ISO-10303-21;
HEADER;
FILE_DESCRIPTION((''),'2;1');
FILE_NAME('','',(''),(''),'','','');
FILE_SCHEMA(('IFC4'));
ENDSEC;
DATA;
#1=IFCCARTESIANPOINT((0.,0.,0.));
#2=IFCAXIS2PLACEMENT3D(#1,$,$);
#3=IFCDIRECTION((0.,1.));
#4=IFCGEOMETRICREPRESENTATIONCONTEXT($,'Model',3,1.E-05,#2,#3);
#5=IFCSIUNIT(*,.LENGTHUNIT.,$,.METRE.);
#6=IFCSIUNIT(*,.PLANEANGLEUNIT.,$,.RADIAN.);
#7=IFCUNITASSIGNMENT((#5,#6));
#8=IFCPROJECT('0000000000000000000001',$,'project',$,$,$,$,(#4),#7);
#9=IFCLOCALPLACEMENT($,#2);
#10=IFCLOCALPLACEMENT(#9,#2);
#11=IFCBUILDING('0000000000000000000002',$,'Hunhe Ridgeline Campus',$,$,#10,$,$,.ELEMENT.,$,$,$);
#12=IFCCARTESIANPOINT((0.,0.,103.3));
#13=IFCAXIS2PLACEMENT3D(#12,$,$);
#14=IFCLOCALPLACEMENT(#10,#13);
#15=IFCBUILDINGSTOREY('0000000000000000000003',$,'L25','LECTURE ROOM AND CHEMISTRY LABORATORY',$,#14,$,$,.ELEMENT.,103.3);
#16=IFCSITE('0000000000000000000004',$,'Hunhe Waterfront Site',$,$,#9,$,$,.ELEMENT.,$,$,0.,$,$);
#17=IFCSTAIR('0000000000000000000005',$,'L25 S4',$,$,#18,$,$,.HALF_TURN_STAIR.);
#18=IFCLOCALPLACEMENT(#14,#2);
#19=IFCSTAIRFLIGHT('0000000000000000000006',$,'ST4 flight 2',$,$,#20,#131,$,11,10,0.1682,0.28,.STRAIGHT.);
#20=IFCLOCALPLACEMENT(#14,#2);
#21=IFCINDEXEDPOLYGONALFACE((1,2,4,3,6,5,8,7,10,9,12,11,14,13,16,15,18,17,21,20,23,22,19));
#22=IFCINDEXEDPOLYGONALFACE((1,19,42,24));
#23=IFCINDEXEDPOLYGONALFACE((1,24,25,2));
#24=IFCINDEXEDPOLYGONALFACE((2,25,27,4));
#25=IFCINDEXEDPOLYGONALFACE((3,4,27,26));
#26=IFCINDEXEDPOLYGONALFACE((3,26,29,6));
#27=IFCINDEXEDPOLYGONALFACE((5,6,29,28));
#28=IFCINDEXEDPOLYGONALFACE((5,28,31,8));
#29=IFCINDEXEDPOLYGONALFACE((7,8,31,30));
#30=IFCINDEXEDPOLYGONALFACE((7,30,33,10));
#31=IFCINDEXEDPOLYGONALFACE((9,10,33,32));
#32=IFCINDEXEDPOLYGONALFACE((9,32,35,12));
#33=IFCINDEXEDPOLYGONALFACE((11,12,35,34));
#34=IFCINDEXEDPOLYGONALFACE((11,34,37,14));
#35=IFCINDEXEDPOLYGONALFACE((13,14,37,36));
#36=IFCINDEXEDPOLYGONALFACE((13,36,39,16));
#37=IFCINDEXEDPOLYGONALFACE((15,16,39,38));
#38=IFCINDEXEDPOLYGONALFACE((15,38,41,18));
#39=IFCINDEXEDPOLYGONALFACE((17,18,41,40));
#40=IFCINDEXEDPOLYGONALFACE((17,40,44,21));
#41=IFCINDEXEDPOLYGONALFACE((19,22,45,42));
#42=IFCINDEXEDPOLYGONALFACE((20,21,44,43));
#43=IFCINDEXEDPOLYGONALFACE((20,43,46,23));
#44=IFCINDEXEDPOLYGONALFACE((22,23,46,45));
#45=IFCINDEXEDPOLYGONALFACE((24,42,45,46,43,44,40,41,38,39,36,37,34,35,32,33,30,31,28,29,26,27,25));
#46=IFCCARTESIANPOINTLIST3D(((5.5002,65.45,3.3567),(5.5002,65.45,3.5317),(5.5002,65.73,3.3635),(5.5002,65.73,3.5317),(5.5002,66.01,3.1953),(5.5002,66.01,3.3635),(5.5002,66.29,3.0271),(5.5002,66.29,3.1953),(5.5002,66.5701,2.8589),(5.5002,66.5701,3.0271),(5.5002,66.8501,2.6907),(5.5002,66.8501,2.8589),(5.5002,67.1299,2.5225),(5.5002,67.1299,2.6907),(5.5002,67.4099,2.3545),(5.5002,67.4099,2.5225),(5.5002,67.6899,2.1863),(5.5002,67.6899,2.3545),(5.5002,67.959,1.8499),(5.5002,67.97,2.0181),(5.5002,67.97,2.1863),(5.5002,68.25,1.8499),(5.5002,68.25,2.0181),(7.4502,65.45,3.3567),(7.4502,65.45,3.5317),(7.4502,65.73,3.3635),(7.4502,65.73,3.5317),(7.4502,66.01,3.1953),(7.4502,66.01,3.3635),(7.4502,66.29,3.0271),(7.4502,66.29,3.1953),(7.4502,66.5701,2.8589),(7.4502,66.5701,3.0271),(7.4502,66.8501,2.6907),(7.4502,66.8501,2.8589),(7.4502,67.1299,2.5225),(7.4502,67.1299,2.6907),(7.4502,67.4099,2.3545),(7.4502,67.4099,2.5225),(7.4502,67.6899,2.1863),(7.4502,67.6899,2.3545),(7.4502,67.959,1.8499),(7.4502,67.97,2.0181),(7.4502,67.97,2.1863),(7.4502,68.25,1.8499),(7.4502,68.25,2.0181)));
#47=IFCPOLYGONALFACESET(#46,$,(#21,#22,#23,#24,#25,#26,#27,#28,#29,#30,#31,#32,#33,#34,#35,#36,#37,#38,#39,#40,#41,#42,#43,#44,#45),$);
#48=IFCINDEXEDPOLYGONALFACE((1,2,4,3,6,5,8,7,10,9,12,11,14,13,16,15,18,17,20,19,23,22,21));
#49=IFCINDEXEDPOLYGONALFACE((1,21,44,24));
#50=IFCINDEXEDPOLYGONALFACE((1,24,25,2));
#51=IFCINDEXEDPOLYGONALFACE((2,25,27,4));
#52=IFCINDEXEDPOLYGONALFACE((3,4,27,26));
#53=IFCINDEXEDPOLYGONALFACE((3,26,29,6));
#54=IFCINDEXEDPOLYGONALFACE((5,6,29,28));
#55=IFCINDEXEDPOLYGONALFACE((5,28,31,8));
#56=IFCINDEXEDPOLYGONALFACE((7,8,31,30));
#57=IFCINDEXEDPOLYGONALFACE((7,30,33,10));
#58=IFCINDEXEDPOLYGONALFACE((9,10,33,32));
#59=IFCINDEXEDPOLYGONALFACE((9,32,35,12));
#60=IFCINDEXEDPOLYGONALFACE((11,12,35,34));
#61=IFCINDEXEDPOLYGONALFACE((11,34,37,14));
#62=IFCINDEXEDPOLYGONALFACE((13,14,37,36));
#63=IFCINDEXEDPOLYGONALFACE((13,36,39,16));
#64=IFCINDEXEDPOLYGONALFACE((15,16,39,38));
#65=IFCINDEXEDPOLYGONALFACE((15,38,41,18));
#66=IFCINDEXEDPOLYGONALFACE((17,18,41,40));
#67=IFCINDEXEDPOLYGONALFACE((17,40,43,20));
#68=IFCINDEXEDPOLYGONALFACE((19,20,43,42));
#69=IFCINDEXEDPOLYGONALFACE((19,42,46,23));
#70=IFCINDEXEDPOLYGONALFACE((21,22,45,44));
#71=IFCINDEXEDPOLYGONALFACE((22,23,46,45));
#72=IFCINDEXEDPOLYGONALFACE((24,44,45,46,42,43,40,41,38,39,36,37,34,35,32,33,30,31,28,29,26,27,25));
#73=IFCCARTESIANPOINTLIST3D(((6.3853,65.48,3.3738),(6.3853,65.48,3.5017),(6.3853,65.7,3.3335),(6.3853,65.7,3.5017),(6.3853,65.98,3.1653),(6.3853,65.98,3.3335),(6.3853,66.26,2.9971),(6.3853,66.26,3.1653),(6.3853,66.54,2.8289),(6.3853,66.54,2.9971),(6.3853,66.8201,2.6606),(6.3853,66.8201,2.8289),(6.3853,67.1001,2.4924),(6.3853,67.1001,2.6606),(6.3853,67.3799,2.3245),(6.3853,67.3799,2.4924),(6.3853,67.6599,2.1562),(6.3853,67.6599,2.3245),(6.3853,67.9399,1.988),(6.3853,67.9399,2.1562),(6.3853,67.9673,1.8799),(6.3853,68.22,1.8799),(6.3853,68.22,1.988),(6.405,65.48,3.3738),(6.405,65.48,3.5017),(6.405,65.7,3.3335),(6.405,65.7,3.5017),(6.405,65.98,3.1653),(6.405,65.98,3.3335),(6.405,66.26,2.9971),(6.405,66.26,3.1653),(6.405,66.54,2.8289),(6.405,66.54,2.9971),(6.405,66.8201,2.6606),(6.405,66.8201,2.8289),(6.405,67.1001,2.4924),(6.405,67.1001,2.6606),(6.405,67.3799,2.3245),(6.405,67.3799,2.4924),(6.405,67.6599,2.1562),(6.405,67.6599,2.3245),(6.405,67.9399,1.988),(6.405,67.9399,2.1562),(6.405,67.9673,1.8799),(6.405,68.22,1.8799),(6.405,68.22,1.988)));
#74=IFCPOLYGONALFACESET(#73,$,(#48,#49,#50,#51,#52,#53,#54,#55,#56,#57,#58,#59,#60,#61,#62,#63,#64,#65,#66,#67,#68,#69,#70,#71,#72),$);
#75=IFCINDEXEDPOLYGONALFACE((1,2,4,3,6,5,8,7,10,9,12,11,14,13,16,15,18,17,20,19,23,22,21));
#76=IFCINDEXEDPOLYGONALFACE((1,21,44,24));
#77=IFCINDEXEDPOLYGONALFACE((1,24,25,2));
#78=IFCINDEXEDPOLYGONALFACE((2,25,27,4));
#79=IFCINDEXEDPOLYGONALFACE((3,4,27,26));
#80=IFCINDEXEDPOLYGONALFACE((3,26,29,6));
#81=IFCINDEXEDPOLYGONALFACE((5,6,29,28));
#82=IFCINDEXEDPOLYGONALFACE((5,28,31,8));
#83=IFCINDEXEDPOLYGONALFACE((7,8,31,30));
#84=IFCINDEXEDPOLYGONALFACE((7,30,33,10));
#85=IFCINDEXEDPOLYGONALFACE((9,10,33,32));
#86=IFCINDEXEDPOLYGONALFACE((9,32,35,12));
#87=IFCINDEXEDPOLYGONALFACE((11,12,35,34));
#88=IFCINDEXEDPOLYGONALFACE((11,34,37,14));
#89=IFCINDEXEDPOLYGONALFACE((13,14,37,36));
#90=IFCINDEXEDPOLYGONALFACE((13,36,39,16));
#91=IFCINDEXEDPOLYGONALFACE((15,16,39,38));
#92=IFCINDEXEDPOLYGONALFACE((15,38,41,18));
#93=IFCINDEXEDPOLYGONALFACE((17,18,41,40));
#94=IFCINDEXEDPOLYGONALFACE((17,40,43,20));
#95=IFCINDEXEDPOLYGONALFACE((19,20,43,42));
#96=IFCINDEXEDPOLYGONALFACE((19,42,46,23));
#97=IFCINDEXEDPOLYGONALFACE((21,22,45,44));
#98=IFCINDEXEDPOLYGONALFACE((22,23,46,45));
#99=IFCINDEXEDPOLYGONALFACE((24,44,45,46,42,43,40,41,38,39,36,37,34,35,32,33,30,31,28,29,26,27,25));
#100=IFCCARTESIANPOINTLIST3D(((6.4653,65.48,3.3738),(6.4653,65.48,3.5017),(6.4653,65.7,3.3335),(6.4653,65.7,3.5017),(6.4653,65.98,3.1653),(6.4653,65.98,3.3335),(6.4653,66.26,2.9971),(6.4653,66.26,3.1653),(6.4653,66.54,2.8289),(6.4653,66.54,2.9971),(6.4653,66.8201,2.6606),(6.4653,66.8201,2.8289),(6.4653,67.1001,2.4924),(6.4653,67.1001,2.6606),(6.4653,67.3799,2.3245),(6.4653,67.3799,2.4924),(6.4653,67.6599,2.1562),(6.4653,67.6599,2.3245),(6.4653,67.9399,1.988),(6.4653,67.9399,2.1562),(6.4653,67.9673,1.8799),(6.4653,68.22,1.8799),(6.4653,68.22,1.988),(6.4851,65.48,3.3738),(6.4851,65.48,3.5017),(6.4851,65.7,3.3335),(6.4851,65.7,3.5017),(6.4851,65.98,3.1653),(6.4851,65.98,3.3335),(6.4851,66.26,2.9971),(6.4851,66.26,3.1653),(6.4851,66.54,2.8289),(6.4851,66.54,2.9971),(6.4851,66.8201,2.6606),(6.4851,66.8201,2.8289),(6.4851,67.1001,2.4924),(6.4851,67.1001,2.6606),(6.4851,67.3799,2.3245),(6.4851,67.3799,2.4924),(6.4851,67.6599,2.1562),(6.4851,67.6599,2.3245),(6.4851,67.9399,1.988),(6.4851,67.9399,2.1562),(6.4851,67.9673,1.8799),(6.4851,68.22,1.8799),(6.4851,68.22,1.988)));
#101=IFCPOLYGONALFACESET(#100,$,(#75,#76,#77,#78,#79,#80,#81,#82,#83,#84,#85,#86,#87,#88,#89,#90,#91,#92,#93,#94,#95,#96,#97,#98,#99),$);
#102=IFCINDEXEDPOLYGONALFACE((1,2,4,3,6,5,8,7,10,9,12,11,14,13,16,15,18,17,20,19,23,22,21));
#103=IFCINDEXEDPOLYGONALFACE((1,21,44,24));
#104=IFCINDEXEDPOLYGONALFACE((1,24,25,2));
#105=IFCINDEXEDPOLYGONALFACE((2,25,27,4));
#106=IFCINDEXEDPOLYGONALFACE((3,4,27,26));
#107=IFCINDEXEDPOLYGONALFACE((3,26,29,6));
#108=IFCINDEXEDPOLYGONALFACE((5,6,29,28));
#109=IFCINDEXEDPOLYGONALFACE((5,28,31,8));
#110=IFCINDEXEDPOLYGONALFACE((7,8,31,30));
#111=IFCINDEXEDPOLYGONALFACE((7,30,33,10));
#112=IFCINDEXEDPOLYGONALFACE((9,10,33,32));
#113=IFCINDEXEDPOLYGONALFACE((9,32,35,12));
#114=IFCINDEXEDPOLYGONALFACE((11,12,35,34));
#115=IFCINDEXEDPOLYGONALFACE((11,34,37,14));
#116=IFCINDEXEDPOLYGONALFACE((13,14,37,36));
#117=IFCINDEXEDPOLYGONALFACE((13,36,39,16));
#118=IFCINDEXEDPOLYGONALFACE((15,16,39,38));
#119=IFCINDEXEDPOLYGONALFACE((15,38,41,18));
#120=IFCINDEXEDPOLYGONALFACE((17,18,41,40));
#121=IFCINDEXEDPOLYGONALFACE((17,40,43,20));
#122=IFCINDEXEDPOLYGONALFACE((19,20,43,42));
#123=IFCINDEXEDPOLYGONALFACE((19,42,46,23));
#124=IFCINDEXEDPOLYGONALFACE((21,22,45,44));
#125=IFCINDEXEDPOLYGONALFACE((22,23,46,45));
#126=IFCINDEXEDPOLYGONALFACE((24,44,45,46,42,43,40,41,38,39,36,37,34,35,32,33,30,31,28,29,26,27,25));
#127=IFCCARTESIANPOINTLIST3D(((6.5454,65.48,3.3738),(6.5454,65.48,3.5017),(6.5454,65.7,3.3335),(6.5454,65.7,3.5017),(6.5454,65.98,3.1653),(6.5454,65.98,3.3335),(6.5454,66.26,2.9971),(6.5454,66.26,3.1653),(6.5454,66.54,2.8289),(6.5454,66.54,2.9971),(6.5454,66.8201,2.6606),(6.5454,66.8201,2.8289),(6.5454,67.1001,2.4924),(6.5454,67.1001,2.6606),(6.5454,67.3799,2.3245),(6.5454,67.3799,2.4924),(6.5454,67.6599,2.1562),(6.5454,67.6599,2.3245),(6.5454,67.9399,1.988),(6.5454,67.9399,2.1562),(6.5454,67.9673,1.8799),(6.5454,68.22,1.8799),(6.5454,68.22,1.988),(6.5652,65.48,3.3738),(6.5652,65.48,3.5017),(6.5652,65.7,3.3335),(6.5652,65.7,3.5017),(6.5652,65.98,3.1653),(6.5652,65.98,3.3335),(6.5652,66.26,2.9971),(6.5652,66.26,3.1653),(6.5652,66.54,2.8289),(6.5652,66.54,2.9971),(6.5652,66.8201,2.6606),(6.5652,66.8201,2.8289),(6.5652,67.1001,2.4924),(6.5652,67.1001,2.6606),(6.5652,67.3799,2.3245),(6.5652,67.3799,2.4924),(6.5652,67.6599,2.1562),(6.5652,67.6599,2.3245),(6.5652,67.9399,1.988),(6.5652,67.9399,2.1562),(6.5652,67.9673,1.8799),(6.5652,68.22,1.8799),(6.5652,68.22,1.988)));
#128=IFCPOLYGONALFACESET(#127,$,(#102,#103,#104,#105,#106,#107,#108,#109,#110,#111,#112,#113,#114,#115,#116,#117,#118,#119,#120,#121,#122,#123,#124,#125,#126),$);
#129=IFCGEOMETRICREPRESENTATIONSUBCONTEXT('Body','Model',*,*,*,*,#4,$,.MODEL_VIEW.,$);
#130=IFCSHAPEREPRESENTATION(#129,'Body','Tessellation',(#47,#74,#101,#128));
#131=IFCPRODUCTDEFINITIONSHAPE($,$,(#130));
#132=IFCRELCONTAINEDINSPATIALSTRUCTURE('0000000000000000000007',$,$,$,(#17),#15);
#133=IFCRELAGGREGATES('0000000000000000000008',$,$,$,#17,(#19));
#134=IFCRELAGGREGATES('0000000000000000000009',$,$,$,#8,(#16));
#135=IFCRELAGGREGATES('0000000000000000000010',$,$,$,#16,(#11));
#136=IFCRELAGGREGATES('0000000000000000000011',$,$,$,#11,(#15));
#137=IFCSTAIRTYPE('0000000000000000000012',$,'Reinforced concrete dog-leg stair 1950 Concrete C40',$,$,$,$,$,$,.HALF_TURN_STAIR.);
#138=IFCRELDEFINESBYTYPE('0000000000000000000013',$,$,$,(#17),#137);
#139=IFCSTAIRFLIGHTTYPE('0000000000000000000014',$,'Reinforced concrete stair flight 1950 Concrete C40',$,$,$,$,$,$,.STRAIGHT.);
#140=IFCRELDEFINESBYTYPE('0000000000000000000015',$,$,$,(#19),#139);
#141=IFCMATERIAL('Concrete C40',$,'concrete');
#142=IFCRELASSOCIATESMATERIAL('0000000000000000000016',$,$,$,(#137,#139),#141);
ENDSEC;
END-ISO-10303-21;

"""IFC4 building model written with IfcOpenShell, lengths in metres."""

from ifc_helpers import new_model, si_unit, direction, frame, origin, place, context, subcontext, project, spatial, polyline, outline, extrude, material, type_object, element, aggregate, save


model = new_model("IFC4")

# Units and contexts
model_context = context("Model", 3, precision=1e-05, world=origin(), true_north=direction((0.0, 1.0)))
body_context = subcontext(model_context, "Body", "Model", "MODEL_VIEW")
ifc_project = project(units=[si_unit("LENGTHUNIT", "METRE"), si_unit("PLANEANGLEUNIT", "RADIAN")], contexts=[model_context])

# Site, building, storey
site_placement = place(None, origin())
site = spatial("IfcSite", under=ifc_project, at=site_placement, Name="Hunhe Waterfront Site", CompositionType="ELEMENT", RefElevation=0.0)
building_placement = place(site_placement, origin())
building = spatial("IfcBuilding", under=site, at=building_placement, Name="Hunhe Ridgeline Campus", CompositionType="ELEMENT")
storey_placement = place(building_placement, frame((0.0, 0.0, 103.3)))
storey = spatial("IfcBuildingStorey", under=building, at=storey_placement, Name="L25", Description="LECTURE ROOM AND CHEMISTRY LABORATORY", CompositionType="ELEMENT", Elevation=103.3)

# Stair, stair flight
ifc_material_1 = material(Name="Concrete C40", Category="concrete")
stair_type = type_object("IfcStairType", Name="Reinforced concrete dog-leg stair 1950 Concrete C40", PredefinedType="HALF_TURN_STAIR", material=ifc_material_1)
stair_flight_type = type_object("IfcStairFlightType", Name="Reinforced concrete stair flight 1950 Concrete C40", PredefinedType="STRAIGHT", material=ifc_material_1)
stair_1_placement = place(storey_placement, origin())
stair_1 = element("IfcStair", 1, at=stair_1_placement, inside=storey, type_object=stair_type, Name="L25 S4", PredefinedType="HALF_TURN_STAIR")
stair_flight_1_placement = place(storey_placement, frame((6.4751, 68.25, 1.8499), z_axis=(0.0, 0.0, 1.0), x_axis=(0.0, -1.0, 0.0)))
stair_flight_1 = element("IfcStairFlight", 2, at=stair_flight_1_placement, type_object=stair_flight_type, Name="ST4 flight 2", NumberOfRisers=11, NumberOfTreads=10, PredefinedType="STRAIGHT", RiserHeight=0.1682, TreadLength=0.28, context=body_context, shape_type="SweptSolid", body=[
    extrude(outline(polyline([(0.0, 0.0), (0.0, 0.1682), (0.28, 0.1682), (0.28, 0.3364), (0.5601, 0.3364), (0.5601, 0.5046), (0.8401, 0.5046), (0.8401, 0.6726), (1.1201, 0.6726), (1.1201, 0.8408), (1.3999, 0.8408), (1.3999, 1.009), (1.6799, 1.009), (1.6799, 1.1772), (1.96, 1.1772), (1.96, 1.3455), (2.24, 1.3455), (2.24, 1.5137), (2.52, 1.5137), (2.52, 1.6819), (2.8, 1.6819), (2.8, 1.8501), (2.8, 1.5068), (0.291, 0.0), (0.0, 0.0)])), frame((0.0, 0.9751, 0.0), z_axis=(0.0, -1.0, 0.0), x_axis=(1.0, 0.0, 0.0)), (0.0, 0.0, 1.0), 1.95),
    extrude(outline(polyline([(0.03, 0.03), (0.03, 0.1382), (0.3101, 0.1382), (0.3101, 0.3064), (0.5901, 0.3064), (0.5901, 0.4746), (0.8701, 0.4746), (0.8701, 0.6426), (1.1499, 0.6426), (1.1499, 0.8108), (1.4299, 0.8108), (1.4299, 0.979), (1.71, 0.979), (1.71, 1.1472), (1.99, 1.1472), (1.99, 1.3154), (2.27, 1.3154), (2.27, 1.4836), (2.55, 1.4836), (2.55, 1.6519), (2.77, 1.6519), (2.77, 1.5239), (0.2827, 0.03), (0.03, 0.03)])), frame((0.0, -0.0701, 0.0), z_axis=(0.0, -1.0, 0.0), x_axis=(1.0, 0.0, 0.0)), (0.0, 0.0, 1.0), 0.0198),
    extrude(outline(polyline([(0.03, 0.03), (0.03, 0.1382), (0.3101, 0.1382), (0.3101, 0.3064), (0.5901, 0.3064), (0.5901, 0.4746), (0.8701, 0.4746), (0.8701, 0.6426), (1.1499, 0.6426), (1.1499, 0.8108), (1.4299, 0.8108), (1.4299, 0.979), (1.71, 0.979), (1.71, 1.1472), (1.99, 1.1472), (1.99, 1.3154), (2.27, 1.3154), (2.27, 1.4836), (2.55, 1.4836), (2.55, 1.6519), (2.77, 1.6519), (2.77, 1.5239), (0.2827, 0.03), (0.03, 0.03)])), frame((0.0, 0.01, 0.0), z_axis=(0.0, -1.0, 0.0), x_axis=(1.0, 0.0, 0.0)), (0.0, 0.0, 1.0), 0.0198),
    extrude(outline(polyline([(0.03, 0.03), (0.03, 0.1382), (0.3101, 0.1382), (0.3101, 0.3064), (0.5901, 0.3064), (0.5901, 0.4746), (0.8701, 0.4746), (0.8701, 0.6426), (1.1499, 0.6426), (1.1499, 0.8108), (1.4299, 0.8108), (1.4299, 0.979), (1.71, 0.979), (1.71, 1.1472), (1.99, 1.1472), (1.99, 1.3154), (2.27, 1.3154), (2.27, 1.4836), (2.55, 1.4836), (2.55, 1.6519), (2.77, 1.6519), (2.77, 1.5239), (0.2827, 0.03), (0.03, 0.03)])), frame((0.0, 0.0901, 0.0), z_axis=(0.0, -1.0, 0.0), x_axis=(1.0, 0.0, 0.0)), (0.0, 0.0, 1.0), 0.0198),
])
aggregate(stair_1, [stair_flight_1])

save(model, "model.ifc")
